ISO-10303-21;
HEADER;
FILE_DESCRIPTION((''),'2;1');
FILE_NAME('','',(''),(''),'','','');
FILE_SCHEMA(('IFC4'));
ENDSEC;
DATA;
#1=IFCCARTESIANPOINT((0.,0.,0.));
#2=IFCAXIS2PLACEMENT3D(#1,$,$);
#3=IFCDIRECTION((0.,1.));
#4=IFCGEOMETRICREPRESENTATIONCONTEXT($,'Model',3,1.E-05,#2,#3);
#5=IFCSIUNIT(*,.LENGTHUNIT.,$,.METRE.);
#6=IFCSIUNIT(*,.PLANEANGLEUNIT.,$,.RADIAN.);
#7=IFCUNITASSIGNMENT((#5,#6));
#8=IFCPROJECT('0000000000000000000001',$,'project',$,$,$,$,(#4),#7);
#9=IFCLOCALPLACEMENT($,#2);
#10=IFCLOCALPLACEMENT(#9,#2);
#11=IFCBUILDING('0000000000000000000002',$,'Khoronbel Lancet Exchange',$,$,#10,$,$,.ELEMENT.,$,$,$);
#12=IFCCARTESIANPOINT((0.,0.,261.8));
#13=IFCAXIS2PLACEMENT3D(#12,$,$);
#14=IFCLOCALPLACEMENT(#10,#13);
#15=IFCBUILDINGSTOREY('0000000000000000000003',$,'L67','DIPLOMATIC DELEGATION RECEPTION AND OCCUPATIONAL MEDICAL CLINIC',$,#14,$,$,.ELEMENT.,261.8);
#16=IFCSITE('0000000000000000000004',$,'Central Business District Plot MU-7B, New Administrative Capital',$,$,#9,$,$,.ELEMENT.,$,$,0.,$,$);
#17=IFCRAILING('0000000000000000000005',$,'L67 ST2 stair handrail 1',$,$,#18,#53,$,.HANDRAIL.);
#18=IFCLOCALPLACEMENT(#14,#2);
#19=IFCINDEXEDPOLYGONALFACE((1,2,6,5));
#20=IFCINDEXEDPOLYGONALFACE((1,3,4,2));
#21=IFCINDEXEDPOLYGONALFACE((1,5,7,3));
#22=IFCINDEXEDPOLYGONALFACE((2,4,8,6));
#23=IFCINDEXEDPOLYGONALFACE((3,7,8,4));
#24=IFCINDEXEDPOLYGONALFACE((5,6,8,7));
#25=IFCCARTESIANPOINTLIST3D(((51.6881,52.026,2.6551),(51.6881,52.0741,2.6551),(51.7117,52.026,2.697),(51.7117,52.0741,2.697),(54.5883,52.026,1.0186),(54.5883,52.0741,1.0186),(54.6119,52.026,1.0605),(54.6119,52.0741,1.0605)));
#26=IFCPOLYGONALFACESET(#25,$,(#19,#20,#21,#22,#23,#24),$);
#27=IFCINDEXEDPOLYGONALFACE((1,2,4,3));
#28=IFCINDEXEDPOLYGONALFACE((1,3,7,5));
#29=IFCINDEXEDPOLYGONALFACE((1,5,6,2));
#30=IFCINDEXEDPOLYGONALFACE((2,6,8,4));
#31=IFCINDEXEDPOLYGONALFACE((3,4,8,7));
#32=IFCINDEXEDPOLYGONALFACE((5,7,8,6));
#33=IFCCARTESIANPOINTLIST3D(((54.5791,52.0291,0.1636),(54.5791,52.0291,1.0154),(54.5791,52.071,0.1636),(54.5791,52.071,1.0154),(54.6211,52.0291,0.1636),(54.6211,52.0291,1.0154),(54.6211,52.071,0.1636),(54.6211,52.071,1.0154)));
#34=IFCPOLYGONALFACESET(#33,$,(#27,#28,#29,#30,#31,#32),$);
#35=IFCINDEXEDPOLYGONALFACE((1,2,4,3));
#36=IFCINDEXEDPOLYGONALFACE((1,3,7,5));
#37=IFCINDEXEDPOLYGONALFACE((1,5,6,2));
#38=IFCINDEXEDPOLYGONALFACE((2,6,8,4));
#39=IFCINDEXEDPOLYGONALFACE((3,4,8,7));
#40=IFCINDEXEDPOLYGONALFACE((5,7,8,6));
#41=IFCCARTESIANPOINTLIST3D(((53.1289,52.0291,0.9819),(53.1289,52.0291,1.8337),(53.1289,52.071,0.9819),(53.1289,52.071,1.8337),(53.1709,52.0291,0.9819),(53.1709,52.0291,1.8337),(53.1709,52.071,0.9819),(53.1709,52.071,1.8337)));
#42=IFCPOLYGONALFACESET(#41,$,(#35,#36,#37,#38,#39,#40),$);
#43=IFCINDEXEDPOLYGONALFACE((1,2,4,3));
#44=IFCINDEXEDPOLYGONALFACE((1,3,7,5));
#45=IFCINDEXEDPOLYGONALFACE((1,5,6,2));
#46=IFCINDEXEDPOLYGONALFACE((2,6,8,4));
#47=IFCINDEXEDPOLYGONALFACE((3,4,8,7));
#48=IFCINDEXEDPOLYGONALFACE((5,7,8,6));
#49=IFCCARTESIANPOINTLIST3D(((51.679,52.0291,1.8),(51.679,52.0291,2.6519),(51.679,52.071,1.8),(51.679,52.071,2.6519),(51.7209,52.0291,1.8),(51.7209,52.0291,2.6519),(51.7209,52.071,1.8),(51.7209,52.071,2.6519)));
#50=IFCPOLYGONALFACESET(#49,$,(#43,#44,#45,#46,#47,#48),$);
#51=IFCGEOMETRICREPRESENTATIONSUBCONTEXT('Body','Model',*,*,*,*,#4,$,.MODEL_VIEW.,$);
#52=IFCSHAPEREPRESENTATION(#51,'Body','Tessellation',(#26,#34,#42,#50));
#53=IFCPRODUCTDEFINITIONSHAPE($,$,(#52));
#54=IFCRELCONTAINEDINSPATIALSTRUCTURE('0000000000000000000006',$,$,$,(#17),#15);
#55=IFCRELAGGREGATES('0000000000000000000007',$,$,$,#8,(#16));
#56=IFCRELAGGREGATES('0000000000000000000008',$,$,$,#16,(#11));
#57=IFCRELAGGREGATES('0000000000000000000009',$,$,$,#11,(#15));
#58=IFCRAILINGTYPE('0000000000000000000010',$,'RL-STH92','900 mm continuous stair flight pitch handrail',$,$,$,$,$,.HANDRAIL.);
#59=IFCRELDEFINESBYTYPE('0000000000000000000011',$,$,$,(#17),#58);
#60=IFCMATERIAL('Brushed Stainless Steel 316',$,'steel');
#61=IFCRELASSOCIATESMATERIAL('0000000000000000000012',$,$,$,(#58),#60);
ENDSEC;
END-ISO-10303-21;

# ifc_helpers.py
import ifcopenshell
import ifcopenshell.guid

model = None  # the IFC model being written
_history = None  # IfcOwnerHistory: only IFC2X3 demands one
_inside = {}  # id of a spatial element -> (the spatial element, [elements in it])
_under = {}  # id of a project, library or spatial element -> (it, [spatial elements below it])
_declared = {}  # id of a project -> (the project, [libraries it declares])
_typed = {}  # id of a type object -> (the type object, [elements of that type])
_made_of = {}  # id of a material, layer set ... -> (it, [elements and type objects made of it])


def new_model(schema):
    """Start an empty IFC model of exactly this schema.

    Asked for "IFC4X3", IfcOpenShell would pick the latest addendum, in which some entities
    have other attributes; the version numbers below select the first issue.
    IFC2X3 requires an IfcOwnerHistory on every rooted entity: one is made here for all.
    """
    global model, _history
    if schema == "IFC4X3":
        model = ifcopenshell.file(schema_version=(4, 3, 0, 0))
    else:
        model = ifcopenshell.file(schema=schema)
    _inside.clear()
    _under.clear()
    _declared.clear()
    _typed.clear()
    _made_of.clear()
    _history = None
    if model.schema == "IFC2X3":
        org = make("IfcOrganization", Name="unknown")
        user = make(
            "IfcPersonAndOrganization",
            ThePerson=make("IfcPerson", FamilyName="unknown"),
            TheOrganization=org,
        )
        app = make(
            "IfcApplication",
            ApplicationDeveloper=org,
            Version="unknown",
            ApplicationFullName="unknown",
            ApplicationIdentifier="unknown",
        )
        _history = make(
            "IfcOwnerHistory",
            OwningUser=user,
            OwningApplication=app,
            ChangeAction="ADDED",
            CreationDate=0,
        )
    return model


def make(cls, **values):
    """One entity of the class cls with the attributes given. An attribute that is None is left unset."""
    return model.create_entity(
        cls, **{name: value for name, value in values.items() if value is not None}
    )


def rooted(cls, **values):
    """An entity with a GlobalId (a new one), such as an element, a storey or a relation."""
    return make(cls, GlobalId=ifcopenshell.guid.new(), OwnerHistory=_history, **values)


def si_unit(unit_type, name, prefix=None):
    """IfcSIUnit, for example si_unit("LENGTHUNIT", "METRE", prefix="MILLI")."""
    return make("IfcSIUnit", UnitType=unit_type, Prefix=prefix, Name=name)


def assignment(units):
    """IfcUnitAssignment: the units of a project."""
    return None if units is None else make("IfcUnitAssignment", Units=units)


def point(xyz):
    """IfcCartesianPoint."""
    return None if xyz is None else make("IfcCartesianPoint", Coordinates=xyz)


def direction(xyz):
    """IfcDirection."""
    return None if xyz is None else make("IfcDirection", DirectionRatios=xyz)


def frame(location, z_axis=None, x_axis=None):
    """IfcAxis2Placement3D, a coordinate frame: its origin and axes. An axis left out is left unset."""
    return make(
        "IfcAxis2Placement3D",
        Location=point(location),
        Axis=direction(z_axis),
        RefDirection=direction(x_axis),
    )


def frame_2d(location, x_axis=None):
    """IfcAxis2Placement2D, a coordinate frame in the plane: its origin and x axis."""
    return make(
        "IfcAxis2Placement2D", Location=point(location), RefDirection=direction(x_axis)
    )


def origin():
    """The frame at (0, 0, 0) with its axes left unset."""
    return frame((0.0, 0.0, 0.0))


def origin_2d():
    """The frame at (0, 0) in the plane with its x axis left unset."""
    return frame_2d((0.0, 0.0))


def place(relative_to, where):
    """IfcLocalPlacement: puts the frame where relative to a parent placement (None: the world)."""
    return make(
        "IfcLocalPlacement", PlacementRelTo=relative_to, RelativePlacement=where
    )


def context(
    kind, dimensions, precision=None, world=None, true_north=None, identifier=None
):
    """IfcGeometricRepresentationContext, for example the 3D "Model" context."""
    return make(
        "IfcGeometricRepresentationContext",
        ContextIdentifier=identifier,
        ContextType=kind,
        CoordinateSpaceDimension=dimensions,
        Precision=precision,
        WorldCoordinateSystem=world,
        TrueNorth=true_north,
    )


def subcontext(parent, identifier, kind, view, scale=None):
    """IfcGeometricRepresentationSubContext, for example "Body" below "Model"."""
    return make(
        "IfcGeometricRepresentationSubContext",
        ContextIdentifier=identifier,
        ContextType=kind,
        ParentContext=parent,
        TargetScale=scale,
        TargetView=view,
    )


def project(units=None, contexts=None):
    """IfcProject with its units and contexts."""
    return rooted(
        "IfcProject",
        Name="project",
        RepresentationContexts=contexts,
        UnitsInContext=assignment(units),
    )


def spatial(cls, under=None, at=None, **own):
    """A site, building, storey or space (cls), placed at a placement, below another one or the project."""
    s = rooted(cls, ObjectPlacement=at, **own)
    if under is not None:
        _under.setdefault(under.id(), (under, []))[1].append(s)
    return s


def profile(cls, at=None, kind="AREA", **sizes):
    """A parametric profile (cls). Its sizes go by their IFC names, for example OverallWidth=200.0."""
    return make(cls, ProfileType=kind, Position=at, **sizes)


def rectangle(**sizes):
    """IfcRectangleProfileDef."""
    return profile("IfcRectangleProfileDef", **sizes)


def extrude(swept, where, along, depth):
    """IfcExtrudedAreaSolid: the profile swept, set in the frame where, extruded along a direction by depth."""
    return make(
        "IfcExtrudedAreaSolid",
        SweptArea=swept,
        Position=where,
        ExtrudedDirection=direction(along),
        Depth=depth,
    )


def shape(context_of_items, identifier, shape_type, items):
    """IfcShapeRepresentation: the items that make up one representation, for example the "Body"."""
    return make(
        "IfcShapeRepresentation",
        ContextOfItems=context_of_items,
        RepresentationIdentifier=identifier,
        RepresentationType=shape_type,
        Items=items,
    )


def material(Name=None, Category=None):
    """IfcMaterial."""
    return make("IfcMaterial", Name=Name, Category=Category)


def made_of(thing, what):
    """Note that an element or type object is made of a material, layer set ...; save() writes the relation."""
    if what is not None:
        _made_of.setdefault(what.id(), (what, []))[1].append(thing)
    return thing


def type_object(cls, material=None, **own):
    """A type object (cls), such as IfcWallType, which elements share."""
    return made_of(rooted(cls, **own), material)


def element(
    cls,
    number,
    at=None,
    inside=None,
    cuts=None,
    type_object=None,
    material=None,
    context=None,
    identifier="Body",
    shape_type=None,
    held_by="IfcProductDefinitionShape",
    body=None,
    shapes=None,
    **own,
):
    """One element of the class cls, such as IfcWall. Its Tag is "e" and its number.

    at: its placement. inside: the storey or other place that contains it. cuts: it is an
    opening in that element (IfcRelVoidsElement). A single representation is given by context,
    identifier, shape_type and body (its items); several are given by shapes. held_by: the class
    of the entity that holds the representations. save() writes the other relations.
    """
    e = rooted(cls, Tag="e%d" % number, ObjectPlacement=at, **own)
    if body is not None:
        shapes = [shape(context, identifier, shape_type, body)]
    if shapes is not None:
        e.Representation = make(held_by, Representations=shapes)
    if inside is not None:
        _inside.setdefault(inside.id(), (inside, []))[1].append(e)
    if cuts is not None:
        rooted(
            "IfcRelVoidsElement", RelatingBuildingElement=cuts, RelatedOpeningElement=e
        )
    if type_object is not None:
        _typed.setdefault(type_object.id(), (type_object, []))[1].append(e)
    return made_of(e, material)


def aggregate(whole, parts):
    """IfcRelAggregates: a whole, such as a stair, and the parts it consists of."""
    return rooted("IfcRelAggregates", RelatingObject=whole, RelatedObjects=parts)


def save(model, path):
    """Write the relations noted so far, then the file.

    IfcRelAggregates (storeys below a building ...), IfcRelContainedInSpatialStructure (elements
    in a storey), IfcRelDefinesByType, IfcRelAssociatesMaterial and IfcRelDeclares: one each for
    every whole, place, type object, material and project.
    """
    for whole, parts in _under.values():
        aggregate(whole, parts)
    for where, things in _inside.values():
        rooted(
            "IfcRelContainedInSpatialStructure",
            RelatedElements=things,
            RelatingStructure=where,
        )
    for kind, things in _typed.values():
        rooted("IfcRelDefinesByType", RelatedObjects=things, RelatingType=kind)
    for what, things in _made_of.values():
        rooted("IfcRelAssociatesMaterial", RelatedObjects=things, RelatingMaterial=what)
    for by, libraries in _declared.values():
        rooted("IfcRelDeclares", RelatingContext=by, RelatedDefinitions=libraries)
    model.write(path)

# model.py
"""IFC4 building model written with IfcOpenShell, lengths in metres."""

from ifc_helpers import new_model, si_unit, direction, frame, origin, origin_2d, place, context, subcontext, project, spatial, rectangle, extrude, material, type_object, element, save


model = new_model("IFC4")

# Units and contexts
model_context = context("Model", 3, precision=1e-05, world=origin(), true_north=direction((0.0, 1.0)))
body_context = subcontext(model_context, "Body", "Model", "MODEL_VIEW")
ifc_project = project(units=[si_unit("LENGTHUNIT", "METRE"), si_unit("PLANEANGLEUNIT", "RADIAN")], contexts=[model_context])

# Site, building, storey
site_placement = place(None, origin())
site = spatial("IfcSite", under=ifc_project, at=site_placement, Name="Central Business District Plot MU-7B, New Administrative Capital", CompositionType="ELEMENT", RefElevation=0.0)
building_placement = place(site_placement, origin())
building = spatial("IfcBuilding", under=site, at=building_placement, Name="Khoronbel Lancet Exchange", CompositionType="ELEMENT")
storey_placement = place(building_placement, frame((0.0, 0.0, 261.8)))
storey = spatial("IfcBuildingStorey", under=building, at=storey_placement, Name="L67", Description="DIPLOMATIC DELEGATION RECEPTION AND OCCUPATIONAL MEDICAL CLINIC", CompositionType="ELEMENT", Elevation=261.8)

# Railing
ifc_material_1 = material(Name="Brushed Stainless Steel 316", Category="steel")
railing_type_1 = type_object("IfcRailingType", Name="RL-STH92", Description="900 mm continuous stair flight pitch handrail", PredefinedType="HANDRAIL", material=ifc_material_1)
railing_1_placement = place(storey_placement, frame((54.6001, 52.05, 0.1636)))
element("IfcRailing", 1, at=railing_1_placement, inside=storey, type_object=railing_type_1, Name="L67 ST2 stair handrail 1", PredefinedType="HANDRAIL", context=body_context, shape_type="SweptSolid", body=[
    extrude(rectangle(XDim=0.0481, YDim=0.0481, at=origin_2d()), frame((0.0, 0.0, 0.876), z_axis=(-0.870915, 0.0, 0.491434), x_axis=(0.0, -1.0, 0.0)), (0.0, 0.0, 1.0), 3.3301),
    extrude(rectangle(XDim=0.042, YDim=0.042, at=origin_2d()), origin(), (0.0, 0.0, 1.0), 0.8518),
    extrude(rectangle(XDim=0.042, YDim=0.042, at=origin_2d()), frame((-1.4502, 0.0, 0.8184)), (0.0, 0.0, 1.0), 0.8518),
    extrude(rectangle(XDim=0.042, YDim=0.042, at=origin_2d()), frame((-2.9001, 0.0, 1.6365)), (0.0, 0.0, 1.0), 0.8518),
])

save(model, "model.ifc")
